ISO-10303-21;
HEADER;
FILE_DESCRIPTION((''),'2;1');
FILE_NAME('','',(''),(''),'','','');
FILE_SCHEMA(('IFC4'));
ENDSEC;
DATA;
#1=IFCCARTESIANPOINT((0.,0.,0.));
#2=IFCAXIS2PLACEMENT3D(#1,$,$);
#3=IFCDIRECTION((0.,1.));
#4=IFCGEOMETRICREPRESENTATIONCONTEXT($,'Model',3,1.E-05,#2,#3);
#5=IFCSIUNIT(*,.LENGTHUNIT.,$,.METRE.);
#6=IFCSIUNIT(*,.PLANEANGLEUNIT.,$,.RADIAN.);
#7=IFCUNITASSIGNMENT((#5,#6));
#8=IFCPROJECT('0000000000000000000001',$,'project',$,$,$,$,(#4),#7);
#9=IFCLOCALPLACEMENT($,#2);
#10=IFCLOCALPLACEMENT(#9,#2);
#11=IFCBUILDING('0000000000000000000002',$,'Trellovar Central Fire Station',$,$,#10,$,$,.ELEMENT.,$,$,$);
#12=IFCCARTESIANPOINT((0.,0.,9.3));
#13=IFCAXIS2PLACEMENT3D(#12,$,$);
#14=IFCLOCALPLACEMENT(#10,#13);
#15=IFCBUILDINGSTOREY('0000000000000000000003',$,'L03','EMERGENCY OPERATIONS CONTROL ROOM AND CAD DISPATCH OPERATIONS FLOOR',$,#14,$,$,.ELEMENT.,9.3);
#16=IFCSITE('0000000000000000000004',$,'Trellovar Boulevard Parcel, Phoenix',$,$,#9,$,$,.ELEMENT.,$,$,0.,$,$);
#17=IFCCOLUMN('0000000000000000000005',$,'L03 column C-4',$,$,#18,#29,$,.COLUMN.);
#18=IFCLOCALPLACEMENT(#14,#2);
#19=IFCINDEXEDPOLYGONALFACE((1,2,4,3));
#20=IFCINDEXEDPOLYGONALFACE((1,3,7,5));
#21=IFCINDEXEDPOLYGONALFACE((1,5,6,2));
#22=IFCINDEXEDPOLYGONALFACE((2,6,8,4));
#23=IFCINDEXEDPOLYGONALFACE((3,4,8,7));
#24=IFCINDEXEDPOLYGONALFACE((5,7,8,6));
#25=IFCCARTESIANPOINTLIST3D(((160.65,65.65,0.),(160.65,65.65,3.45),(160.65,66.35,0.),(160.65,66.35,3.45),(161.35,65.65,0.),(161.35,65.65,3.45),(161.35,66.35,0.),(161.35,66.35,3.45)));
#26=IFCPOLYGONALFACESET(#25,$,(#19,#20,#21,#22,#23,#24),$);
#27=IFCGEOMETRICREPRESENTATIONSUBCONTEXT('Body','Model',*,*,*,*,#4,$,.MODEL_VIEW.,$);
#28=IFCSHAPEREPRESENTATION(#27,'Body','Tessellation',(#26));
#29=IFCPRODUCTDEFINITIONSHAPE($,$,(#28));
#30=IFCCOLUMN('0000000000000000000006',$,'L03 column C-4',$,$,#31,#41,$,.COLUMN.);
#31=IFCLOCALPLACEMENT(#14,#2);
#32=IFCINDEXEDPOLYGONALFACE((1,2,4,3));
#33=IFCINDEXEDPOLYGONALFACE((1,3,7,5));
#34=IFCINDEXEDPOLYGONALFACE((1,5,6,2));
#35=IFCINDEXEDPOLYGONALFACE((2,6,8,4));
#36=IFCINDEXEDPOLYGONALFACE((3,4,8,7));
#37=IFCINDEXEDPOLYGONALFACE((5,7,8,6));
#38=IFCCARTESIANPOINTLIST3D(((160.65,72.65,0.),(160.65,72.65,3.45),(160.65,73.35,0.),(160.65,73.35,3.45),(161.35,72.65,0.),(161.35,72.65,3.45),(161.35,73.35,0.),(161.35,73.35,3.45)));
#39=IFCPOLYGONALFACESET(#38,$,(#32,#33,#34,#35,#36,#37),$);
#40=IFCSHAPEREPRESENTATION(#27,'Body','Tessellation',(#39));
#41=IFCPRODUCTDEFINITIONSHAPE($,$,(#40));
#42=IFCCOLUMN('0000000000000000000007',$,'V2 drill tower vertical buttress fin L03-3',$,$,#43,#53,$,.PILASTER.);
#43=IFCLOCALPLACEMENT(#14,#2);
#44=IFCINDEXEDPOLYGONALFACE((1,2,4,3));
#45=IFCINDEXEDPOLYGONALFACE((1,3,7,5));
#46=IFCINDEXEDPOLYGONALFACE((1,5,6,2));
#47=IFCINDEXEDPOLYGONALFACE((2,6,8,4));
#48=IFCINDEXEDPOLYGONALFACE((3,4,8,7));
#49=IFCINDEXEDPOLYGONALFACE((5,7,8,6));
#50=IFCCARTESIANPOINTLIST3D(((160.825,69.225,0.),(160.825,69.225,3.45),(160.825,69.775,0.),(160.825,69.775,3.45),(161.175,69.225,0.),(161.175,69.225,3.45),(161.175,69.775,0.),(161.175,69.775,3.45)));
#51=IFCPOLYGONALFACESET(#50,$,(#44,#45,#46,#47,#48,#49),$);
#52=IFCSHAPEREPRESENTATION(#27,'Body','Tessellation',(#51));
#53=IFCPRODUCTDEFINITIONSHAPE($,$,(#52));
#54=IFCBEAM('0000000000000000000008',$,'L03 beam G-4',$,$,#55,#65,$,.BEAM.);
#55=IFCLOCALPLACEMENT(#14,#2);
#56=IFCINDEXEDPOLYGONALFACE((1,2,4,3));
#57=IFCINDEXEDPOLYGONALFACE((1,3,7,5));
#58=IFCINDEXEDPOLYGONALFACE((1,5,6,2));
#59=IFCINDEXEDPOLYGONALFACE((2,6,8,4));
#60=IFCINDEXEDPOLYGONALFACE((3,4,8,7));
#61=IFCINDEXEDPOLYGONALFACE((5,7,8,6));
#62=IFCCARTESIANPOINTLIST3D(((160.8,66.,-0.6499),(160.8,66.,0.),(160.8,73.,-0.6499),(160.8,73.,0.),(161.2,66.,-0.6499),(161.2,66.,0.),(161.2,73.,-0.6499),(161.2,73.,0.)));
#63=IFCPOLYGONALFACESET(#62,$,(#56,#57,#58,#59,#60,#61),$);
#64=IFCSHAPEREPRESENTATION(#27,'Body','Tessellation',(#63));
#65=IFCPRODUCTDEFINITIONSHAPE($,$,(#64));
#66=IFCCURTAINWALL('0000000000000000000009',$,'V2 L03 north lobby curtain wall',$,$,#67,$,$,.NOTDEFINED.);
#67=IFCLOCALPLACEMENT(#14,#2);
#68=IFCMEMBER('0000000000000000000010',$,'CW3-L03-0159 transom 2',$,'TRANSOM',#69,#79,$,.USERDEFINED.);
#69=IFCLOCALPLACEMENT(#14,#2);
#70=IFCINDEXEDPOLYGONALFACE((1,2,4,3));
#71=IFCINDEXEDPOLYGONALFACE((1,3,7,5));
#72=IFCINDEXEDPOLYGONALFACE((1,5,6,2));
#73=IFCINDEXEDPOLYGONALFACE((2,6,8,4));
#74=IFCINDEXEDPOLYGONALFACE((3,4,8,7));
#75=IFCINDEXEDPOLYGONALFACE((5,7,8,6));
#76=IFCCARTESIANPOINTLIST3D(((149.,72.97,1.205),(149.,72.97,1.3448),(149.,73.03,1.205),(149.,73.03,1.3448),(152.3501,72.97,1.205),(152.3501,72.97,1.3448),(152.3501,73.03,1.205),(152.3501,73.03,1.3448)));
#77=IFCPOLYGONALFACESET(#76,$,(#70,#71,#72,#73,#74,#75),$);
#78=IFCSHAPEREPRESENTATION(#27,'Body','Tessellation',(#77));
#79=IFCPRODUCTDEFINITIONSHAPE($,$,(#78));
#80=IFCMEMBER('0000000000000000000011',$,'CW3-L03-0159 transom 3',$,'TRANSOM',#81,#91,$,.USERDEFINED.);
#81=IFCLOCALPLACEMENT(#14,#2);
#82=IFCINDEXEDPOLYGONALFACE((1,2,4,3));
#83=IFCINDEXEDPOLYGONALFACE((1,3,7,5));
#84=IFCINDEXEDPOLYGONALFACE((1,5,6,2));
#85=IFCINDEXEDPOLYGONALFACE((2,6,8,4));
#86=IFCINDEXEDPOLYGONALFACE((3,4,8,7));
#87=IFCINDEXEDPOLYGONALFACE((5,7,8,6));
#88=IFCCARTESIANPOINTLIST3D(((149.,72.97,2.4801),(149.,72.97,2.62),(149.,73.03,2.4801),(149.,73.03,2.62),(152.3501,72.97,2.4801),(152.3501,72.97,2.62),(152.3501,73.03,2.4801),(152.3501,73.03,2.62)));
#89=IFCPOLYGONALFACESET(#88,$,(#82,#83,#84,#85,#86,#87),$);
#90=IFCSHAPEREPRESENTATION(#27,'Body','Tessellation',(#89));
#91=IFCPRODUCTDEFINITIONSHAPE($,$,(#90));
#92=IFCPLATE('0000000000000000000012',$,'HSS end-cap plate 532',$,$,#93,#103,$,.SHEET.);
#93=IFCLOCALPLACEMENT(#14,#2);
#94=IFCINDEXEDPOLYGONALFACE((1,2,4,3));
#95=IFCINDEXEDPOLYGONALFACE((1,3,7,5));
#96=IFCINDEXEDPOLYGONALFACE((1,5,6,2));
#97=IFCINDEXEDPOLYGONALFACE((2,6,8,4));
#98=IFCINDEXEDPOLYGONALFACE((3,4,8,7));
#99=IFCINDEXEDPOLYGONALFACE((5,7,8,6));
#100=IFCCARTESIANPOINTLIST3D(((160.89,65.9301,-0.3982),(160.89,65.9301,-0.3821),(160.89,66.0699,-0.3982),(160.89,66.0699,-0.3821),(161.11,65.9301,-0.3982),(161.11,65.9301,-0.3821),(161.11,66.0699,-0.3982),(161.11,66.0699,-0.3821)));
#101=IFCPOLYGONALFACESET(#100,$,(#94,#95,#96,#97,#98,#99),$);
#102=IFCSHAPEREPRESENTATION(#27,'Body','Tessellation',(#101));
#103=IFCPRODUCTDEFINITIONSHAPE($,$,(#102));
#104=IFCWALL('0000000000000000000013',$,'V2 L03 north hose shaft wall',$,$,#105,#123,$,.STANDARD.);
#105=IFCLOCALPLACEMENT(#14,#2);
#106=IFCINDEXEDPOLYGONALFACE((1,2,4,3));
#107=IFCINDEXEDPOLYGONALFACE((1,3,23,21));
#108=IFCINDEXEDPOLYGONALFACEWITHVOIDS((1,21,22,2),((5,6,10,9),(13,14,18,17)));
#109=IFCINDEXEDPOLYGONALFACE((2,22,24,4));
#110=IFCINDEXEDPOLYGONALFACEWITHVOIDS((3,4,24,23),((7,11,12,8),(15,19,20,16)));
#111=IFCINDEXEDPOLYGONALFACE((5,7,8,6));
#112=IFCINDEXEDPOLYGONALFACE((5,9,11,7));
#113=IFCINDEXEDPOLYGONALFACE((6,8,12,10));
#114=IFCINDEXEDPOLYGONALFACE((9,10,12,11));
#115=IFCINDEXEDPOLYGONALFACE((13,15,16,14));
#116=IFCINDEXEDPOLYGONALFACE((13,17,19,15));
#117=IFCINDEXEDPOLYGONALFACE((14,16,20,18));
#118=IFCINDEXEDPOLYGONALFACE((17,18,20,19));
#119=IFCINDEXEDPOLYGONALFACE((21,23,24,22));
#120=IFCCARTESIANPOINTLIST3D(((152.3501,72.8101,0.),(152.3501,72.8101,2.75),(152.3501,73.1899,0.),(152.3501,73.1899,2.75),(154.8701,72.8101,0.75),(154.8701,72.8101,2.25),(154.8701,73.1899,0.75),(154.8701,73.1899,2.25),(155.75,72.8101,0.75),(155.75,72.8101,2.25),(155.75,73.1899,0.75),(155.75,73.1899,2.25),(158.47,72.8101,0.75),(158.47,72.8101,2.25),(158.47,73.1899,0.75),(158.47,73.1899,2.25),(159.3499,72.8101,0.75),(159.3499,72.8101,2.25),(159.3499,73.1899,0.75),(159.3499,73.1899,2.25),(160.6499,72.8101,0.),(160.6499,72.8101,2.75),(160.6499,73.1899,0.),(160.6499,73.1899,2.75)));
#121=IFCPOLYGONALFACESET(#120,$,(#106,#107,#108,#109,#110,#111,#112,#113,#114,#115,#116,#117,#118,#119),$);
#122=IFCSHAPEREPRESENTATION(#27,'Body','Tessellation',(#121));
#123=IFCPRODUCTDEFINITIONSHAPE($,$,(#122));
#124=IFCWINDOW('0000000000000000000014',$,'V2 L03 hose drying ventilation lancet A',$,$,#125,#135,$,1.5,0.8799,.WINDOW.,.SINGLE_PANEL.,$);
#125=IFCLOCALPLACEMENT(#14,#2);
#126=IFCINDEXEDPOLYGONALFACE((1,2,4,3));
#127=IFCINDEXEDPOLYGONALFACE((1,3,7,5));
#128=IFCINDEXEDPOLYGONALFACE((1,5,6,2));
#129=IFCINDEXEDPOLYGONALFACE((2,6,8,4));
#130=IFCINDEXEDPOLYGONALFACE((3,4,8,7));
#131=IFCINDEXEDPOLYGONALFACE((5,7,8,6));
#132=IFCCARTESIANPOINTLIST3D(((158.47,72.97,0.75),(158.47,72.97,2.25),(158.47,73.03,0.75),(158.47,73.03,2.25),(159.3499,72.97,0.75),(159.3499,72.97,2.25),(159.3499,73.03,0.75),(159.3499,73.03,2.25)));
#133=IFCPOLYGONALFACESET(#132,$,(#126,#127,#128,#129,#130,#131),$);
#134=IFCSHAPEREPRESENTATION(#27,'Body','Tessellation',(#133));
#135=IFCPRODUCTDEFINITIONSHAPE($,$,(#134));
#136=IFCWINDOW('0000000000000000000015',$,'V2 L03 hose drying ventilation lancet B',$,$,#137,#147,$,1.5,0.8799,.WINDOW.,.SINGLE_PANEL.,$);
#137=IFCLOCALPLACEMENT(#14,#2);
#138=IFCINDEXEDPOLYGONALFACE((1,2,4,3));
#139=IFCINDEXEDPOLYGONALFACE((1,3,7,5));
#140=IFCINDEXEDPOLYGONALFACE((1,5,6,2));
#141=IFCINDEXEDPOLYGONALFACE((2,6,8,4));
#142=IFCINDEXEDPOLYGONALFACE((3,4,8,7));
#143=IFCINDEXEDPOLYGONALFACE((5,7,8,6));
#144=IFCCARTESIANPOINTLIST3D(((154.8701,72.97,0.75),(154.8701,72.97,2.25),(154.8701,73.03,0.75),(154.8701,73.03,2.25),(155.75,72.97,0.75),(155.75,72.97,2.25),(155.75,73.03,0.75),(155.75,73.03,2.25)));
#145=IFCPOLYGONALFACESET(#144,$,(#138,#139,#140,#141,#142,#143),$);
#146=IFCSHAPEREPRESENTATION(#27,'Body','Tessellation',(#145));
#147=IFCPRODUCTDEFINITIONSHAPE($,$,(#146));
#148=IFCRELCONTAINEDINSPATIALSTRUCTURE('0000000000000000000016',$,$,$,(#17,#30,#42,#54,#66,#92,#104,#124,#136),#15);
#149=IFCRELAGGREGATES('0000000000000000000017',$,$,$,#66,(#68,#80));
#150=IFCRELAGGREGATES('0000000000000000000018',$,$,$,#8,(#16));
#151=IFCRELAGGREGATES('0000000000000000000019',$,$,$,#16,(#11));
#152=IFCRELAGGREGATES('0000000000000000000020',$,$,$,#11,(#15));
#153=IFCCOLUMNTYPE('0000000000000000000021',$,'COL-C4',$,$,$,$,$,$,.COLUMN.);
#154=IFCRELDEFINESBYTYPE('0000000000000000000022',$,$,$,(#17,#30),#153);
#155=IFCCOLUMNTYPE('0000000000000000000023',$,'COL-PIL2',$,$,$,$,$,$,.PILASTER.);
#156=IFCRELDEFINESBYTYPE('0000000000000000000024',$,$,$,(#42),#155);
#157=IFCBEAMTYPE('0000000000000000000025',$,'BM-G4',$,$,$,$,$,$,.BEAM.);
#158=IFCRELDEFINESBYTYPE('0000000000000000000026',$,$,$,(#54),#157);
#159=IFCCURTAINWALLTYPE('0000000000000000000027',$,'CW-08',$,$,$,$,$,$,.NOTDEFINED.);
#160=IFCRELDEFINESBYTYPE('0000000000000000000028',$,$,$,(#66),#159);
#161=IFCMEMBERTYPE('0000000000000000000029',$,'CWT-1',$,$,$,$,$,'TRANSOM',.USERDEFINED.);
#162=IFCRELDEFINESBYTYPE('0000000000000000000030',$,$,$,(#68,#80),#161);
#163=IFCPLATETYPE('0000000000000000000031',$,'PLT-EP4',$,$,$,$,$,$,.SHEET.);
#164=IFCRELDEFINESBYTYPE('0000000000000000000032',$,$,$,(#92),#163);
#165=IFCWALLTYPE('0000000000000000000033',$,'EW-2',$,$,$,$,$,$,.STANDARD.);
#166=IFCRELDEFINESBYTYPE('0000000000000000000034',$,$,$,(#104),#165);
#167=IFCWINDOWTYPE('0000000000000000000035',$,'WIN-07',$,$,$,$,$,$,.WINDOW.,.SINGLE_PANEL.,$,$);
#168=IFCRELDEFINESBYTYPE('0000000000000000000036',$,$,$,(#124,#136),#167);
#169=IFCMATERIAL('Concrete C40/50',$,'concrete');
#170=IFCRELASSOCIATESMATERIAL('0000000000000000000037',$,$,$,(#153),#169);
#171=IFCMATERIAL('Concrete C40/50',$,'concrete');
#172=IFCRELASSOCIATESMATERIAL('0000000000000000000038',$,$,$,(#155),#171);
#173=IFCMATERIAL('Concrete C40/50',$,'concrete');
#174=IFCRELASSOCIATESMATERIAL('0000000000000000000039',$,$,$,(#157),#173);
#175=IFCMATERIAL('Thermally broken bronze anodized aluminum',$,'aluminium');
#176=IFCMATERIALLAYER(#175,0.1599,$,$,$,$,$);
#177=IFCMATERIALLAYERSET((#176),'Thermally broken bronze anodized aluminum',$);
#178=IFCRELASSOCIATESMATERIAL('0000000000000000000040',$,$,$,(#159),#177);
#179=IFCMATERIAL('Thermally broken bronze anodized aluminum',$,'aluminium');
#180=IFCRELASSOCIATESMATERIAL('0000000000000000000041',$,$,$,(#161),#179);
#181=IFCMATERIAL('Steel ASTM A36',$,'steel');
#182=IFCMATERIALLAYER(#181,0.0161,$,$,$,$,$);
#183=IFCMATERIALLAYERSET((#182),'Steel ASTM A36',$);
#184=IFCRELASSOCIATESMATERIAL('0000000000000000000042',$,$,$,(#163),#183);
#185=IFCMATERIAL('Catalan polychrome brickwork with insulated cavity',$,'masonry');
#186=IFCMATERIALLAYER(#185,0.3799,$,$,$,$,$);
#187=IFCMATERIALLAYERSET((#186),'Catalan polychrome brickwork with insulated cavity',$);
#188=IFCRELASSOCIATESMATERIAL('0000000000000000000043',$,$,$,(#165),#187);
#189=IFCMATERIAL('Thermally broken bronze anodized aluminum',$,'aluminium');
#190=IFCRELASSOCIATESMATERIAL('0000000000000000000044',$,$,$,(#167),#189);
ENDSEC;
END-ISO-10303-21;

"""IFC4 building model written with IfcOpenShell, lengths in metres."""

from ifc_helpers import new_model, si_unit, direction, frame, frame_2d, origin, origin_2d, place, context, subcontext, project, spatial, rectangle, extrude, material, layer, layer_set, material_profile, profile_set, type_object, element, fill, aggregate, save


model = new_model("IFC4")

# Units and contexts
model_context = context("Model", 3, precision=1e-05, world=origin(), true_north=direction((0.0, 1.0)))
body_context = subcontext(model_context, "Body", "Model", "MODEL_VIEW")
ifc_project = project(units=[si_unit("LENGTHUNIT", "METRE"), si_unit("PLANEANGLEUNIT", "RADIAN")], contexts=[model_context])

# Site, building, storey
site_placement = place(None, origin())
site = spatial("IfcSite", under=ifc_project, at=site_placement, Name="Trellovar Boulevard Parcel, Phoenix", CompositionType="ELEMENT", RefElevation=0.0)
building_placement = place(site_placement, origin())
building = spatial("IfcBuilding", under=site, at=building_placement, Name="Trellovar Central Fire Station", CompositionType="ELEMENT")
storey_placement = place(building_placement, frame((0.0, 0.0, 9.3)))
storey = spatial("IfcBuildingStorey", under=building, at=storey_placement, Name="L03", Description="EMERGENCY OPERATIONS CONTROL ROOM AND CAD DISPATCH OPERATIONS FLOOR", CompositionType="ELEMENT", Elevation=9.3)

# Columns
ifc_material_1 = material(Name="Concrete C40/50", Category="concrete")
ifc_material_profile_1 = material_profile(ifc_material_1, rectangle(XDim=0.7, YDim=0.7, at=origin_2d()), Name="RC700X700")
ifc_profile_set_1 = profile_set([ifc_material_profile_1], Name="Concrete C40/50")
column_type_1 = type_object("IfcColumnType", Name="COL-C4", PredefinedType="COLUMN", material=ifc_profile_set_1)
for number, where, z_axis, x_axis, name in (
    (1, (161.0, 66.0, 0.0), (0.0, 0.0, 1.0), (1.0, 0.0, 0.0), "L03 column C-4"),
    (2, (161.0, 73.0, 0.0), (0.0, 0.0, 1.0), (1.0, 0.0, 0.0), "L03 column C-4"),
):
    element("IfcColumn", number, at=place(storey_placement, frame(where, z_axis=z_axis, x_axis=x_axis)), inside=storey, type_object=column_type_1, Name=name, PredefinedType="COLUMN", context=body_context, shape_type="SweptSolid", body=[
        extrude(rectangle(XDim=0.7, YDim=0.7, at=origin_2d()), origin(), (0.0, 0.0, 1.0), 3.45),
    ])
ifc_material_2 = material(Name="Concrete C40/50", Category="concrete")
ifc_material_profile_2 = material_profile(ifc_material_2, rectangle(XDim=0.3501, YDim=0.55, at=origin_2d()), Name="RC350X550")
ifc_profile_set_2 = profile_set([ifc_material_profile_2], Name="Concrete C40/50")
column_type_2 = type_object("IfcColumnType", Name="COL-PIL2", PredefinedType="PILASTER", material=ifc_profile_set_2)
column_placement = place(storey_placement, frame((161.0, 69.5, 0.0), z_axis=(0.0, 0.0, 1.0), x_axis=(1.0, 0.0, 0.0)))
element("IfcColumn", 3, at=column_placement, inside=storey, type_object=column_type_2, Name="V2 drill tower vertical buttress fin L03-3", PredefinedType="PILASTER", context=body_context, shape_type="SweptSolid", body=[
    extrude(rectangle(XDim=0.3501, YDim=0.55, at=origin_2d()), origin(), (0.0, 0.0, 1.0), 3.45),
])

# Beam
ifc_material_3 = material(Name="Concrete C40/50", Category="concrete")
ifc_material_profile_3 = material_profile(ifc_material_3, rectangle(XDim=0.3999, YDim=0.6499, at=origin_2d()), Name="RC400X650")
ifc_profile_set_3 = profile_set([ifc_material_profile_3], Name="Concrete C40/50")
beam_type = type_object("IfcBeamType", Name="BM-G4", PredefinedType="BEAM", material=ifc_profile_set_3)
beam_placement = place(storey_placement, frame((161.0, 66.0, -0.325), z_axis=(0.0, 1.0, 0.0), x_axis=(-1.0, 0.0, 0.0)))
element("IfcBeam", 4, at=beam_placement, inside=storey, type_object=beam_type, Name="L03 beam G-4", PredefinedType="BEAM", context=body_context, shape_type="SweptSolid", body=[
    extrude(rectangle(XDim=0.3999, YDim=0.6499, at=origin_2d()), origin(), (0.0, 0.0, 1.0), 7.0),
])

# Curtain wall, members
ifc_material_4 = material(Name="Thermally broken bronze anodized aluminum", Category="aluminium")
ifc_layer_1 = layer(ifc_material_4, 0.1599)
ifc_layer_set_1 = layer_set([ifc_layer_1], Name="Thermally broken bronze anodized aluminum")
curtain_wall_type = type_object("IfcCurtainWallType", Name="CW-08", PredefinedType="NOTDEFINED", material=ifc_layer_set_1)
curtain_wall_placement = place(storey_placement, origin())
curtain_wall = element("IfcCurtainWall", 5, at=curtain_wall_placement, inside=storey, type_object=curtain_wall_type, Name="V2 L03 north lobby curtain wall", PredefinedType="NOTDEFINED")
ifc_material_5 = material(Name="Thermally broken bronze anodized aluminum", Category="aluminium")
ifc_material_profile_4 = material_profile(ifc_material_5, rectangle(XDim=0.0601, YDim=0.1399, at=origin_2d()), Name="ALU60X140")
ifc_profile_set_4 = profile_set([ifc_material_profile_4], Name="Thermally broken bronze anodized aluminum")
member_type = type_object("IfcMemberType", Name="CWT-1", ElementType="TRANSOM", PredefinedType="USERDEFINED", material=ifc_profile_set_4)
member_1_placement = place(storey_placement, frame((152.3501, 73.0, 1.2749), z_axis=(-1.0, 0.0, 0.0), x_axis=(0.0, -1.0, 0.0)))
member_1 = element("IfcMember", 6, at=member_1_placement, type_object=member_type, Name="CW3-L03-0159 transom 2", ObjectType="TRANSOM", PredefinedType="USERDEFINED", context=body_context, shape_type="SweptSolid", body=[
    extrude(rectangle(XDim=0.0601, YDim=0.1399, at=origin_2d()), origin(), (0.0, 0.0, 1.0), 3.3501),
])
member_2_placement = place(storey_placement, frame((152.3501, 73.0, 2.55), z_axis=(-1.0, 0.0, 0.0), x_axis=(0.0, -1.0, 0.0)))
member_2 = element("IfcMember", 7, at=member_2_placement, type_object=member_type, Name="CW3-L03-0159 transom 3", ObjectType="TRANSOM", PredefinedType="USERDEFINED", context=body_context, shape_type="SweptSolid", body=[
    extrude(rectangle(XDim=0.0601, YDim=0.1399, at=origin_2d()), origin(), (0.0, 0.0, 1.0), 3.3501),
])
aggregate(curtain_wall, [member_1, member_2])

# Plate
ifc_material_6 = material(Name="Steel ASTM A36", Category="steel")
ifc_layer_2 = layer(ifc_material_6, 0.0161)
ifc_layer_set_2 = layer_set([ifc_layer_2], Name="Steel ASTM A36")
plate_type = type_object("IfcPlateType", Name="PLT-EP4", PredefinedType="SHEET", material=ifc_layer_set_2)
plate_placement = place(storey_placement, frame((161.0, 66.0, -0.3982), z_axis=(0.0, 0.0, 1.0), x_axis=(1.0, 0.0, 0.0)))
element("IfcPlate", 8, at=plate_placement, inside=storey, type_object=plate_type, Name="HSS end-cap plate 532", PredefinedType="SHEET", context=body_context, shape_type="SweptSolid", body=[
    extrude(rectangle(XDim=0.22, YDim=0.1399, at=origin_2d()), origin(), (0.0, 0.0, 1.0), 0.0161),
])

# Wall, openings, windows
ifc_material_7 = material(Name="Catalan polychrome brickwork with insulated cavity", Category="masonry")
ifc_layer_3 = layer(ifc_material_7, 0.3799)
ifc_layer_set_3 = layer_set([ifc_layer_3], Name="Catalan polychrome brickwork with insulated cavity")
wall_type_1 = type_object("IfcWallType", Name="EW-2", PredefinedType="STANDARD", material=ifc_layer_set_3)
wall_1_placement = place(storey_placement, frame((160.6499, 73.0, 0.0), z_axis=(0.0, 0.0, 1.0), x_axis=(-1.0, 0.0, 0.0)))
wall_1 = element("IfcWall", 9, at=wall_1_placement, inside=storey, type_object=wall_type_1, Name="V2 L03 north hose shaft wall", PredefinedType="STANDARD", context=body_context, shape_type="SweptSolid", body=[
    extrude(rectangle(XDim=8.2998, YDim=0.3799, at=frame_2d((4.1499, 0.0))), origin(), (0.0, 0.0, 1.0), 2.75),
])
opening_1_placement = place(wall_1_placement, frame((1.3, 0.0, 0.75)))
opening_1 = element("IfcOpeningElement", 10, at=opening_1_placement, cuts=wall_1, PredefinedType="OPENING", context=body_context, shape_type="SweptSolid", body=[
    extrude(rectangle(XDim=0.8799, YDim=1.5, at=frame_2d((0.4399, 0.75))), frame((0.0, 0.2, 0.0), z_axis=(0.0, -1.0, 0.0), x_axis=(1.0, 0.0, 0.0)), (0.0, 0.0, 1.0), 0.3999),
])
opening_2_placement = place(wall_1_placement, frame((4.8999, 0.0, 0.75)))
opening_2 = element("IfcOpeningElement", 11, at=opening_2_placement, cuts=wall_1, PredefinedType="OPENING", context=body_context, shape_type="SweptSolid", body=[
    extrude(rectangle(XDim=0.8799, YDim=1.5, at=frame_2d((0.4399, 0.75))), frame((0.0, 0.2, 0.0), z_axis=(0.0, -1.0, 0.0), x_axis=(1.0, 0.0, 0.0)), (0.0, 0.0, 1.0), 0.3999),
])
ifc_material_8 = material(Name="Thermally broken bronze anodized aluminum", Category="aluminium")
window_type = type_object("IfcWindowType", Name="WIN-07", PartitioningType="SINGLE_PANEL", PredefinedType="WINDOW", material=ifc_material_8)
window_1_placement = place(opening_1_placement, origin())
window_1 = element("IfcWindow", 12, at=window_1_placement, inside=storey, type_object=window_type, Name="V2 L03 hose drying ventilation lancet A", OverallHeight=1.5, OverallWidth=0.8799, PartitioningType="SINGLE_PANEL", PredefinedType="WINDOW", context=body_context, shape_type="SweptSolid", body=[
    extrude(rectangle(XDim=0.8799, YDim=1.5, at=frame_2d((0.4399, 0.75))), frame((0.0, 0.03, 0.0), z_axis=(0.0, -1.0, 0.0), x_axis=(1.0, 0.0, 0.0)), (0.0, 0.0, 1.0), 0.0601),
])
fill(opening_1, window_1)
window_2_placement = place(opening_2_placement, origin())
window_2 = element("IfcWindow", 13, at=window_2_placement, inside=storey, type_object=window_type, Name="V2 L03 hose drying ventilation lancet B", OverallHeight=1.5, OverallWidth=0.8799, PartitioningType="SINGLE_PANEL", PredefinedType="WINDOW", context=body_context, shape_type="SweptSolid", body=[
    extrude(rectangle(XDim=0.8799, YDim=1.5, at=frame_2d((0.4399, 0.75))), frame((0.0, 0.03, 0.0), z_axis=(0.0, -1.0, 0.0), x_axis=(1.0, 0.0, 0.0)), (0.0, 0.0, 1.0), 0.0601),
])
fill(opening_2, window_2)

save(model, "model.ifc")
